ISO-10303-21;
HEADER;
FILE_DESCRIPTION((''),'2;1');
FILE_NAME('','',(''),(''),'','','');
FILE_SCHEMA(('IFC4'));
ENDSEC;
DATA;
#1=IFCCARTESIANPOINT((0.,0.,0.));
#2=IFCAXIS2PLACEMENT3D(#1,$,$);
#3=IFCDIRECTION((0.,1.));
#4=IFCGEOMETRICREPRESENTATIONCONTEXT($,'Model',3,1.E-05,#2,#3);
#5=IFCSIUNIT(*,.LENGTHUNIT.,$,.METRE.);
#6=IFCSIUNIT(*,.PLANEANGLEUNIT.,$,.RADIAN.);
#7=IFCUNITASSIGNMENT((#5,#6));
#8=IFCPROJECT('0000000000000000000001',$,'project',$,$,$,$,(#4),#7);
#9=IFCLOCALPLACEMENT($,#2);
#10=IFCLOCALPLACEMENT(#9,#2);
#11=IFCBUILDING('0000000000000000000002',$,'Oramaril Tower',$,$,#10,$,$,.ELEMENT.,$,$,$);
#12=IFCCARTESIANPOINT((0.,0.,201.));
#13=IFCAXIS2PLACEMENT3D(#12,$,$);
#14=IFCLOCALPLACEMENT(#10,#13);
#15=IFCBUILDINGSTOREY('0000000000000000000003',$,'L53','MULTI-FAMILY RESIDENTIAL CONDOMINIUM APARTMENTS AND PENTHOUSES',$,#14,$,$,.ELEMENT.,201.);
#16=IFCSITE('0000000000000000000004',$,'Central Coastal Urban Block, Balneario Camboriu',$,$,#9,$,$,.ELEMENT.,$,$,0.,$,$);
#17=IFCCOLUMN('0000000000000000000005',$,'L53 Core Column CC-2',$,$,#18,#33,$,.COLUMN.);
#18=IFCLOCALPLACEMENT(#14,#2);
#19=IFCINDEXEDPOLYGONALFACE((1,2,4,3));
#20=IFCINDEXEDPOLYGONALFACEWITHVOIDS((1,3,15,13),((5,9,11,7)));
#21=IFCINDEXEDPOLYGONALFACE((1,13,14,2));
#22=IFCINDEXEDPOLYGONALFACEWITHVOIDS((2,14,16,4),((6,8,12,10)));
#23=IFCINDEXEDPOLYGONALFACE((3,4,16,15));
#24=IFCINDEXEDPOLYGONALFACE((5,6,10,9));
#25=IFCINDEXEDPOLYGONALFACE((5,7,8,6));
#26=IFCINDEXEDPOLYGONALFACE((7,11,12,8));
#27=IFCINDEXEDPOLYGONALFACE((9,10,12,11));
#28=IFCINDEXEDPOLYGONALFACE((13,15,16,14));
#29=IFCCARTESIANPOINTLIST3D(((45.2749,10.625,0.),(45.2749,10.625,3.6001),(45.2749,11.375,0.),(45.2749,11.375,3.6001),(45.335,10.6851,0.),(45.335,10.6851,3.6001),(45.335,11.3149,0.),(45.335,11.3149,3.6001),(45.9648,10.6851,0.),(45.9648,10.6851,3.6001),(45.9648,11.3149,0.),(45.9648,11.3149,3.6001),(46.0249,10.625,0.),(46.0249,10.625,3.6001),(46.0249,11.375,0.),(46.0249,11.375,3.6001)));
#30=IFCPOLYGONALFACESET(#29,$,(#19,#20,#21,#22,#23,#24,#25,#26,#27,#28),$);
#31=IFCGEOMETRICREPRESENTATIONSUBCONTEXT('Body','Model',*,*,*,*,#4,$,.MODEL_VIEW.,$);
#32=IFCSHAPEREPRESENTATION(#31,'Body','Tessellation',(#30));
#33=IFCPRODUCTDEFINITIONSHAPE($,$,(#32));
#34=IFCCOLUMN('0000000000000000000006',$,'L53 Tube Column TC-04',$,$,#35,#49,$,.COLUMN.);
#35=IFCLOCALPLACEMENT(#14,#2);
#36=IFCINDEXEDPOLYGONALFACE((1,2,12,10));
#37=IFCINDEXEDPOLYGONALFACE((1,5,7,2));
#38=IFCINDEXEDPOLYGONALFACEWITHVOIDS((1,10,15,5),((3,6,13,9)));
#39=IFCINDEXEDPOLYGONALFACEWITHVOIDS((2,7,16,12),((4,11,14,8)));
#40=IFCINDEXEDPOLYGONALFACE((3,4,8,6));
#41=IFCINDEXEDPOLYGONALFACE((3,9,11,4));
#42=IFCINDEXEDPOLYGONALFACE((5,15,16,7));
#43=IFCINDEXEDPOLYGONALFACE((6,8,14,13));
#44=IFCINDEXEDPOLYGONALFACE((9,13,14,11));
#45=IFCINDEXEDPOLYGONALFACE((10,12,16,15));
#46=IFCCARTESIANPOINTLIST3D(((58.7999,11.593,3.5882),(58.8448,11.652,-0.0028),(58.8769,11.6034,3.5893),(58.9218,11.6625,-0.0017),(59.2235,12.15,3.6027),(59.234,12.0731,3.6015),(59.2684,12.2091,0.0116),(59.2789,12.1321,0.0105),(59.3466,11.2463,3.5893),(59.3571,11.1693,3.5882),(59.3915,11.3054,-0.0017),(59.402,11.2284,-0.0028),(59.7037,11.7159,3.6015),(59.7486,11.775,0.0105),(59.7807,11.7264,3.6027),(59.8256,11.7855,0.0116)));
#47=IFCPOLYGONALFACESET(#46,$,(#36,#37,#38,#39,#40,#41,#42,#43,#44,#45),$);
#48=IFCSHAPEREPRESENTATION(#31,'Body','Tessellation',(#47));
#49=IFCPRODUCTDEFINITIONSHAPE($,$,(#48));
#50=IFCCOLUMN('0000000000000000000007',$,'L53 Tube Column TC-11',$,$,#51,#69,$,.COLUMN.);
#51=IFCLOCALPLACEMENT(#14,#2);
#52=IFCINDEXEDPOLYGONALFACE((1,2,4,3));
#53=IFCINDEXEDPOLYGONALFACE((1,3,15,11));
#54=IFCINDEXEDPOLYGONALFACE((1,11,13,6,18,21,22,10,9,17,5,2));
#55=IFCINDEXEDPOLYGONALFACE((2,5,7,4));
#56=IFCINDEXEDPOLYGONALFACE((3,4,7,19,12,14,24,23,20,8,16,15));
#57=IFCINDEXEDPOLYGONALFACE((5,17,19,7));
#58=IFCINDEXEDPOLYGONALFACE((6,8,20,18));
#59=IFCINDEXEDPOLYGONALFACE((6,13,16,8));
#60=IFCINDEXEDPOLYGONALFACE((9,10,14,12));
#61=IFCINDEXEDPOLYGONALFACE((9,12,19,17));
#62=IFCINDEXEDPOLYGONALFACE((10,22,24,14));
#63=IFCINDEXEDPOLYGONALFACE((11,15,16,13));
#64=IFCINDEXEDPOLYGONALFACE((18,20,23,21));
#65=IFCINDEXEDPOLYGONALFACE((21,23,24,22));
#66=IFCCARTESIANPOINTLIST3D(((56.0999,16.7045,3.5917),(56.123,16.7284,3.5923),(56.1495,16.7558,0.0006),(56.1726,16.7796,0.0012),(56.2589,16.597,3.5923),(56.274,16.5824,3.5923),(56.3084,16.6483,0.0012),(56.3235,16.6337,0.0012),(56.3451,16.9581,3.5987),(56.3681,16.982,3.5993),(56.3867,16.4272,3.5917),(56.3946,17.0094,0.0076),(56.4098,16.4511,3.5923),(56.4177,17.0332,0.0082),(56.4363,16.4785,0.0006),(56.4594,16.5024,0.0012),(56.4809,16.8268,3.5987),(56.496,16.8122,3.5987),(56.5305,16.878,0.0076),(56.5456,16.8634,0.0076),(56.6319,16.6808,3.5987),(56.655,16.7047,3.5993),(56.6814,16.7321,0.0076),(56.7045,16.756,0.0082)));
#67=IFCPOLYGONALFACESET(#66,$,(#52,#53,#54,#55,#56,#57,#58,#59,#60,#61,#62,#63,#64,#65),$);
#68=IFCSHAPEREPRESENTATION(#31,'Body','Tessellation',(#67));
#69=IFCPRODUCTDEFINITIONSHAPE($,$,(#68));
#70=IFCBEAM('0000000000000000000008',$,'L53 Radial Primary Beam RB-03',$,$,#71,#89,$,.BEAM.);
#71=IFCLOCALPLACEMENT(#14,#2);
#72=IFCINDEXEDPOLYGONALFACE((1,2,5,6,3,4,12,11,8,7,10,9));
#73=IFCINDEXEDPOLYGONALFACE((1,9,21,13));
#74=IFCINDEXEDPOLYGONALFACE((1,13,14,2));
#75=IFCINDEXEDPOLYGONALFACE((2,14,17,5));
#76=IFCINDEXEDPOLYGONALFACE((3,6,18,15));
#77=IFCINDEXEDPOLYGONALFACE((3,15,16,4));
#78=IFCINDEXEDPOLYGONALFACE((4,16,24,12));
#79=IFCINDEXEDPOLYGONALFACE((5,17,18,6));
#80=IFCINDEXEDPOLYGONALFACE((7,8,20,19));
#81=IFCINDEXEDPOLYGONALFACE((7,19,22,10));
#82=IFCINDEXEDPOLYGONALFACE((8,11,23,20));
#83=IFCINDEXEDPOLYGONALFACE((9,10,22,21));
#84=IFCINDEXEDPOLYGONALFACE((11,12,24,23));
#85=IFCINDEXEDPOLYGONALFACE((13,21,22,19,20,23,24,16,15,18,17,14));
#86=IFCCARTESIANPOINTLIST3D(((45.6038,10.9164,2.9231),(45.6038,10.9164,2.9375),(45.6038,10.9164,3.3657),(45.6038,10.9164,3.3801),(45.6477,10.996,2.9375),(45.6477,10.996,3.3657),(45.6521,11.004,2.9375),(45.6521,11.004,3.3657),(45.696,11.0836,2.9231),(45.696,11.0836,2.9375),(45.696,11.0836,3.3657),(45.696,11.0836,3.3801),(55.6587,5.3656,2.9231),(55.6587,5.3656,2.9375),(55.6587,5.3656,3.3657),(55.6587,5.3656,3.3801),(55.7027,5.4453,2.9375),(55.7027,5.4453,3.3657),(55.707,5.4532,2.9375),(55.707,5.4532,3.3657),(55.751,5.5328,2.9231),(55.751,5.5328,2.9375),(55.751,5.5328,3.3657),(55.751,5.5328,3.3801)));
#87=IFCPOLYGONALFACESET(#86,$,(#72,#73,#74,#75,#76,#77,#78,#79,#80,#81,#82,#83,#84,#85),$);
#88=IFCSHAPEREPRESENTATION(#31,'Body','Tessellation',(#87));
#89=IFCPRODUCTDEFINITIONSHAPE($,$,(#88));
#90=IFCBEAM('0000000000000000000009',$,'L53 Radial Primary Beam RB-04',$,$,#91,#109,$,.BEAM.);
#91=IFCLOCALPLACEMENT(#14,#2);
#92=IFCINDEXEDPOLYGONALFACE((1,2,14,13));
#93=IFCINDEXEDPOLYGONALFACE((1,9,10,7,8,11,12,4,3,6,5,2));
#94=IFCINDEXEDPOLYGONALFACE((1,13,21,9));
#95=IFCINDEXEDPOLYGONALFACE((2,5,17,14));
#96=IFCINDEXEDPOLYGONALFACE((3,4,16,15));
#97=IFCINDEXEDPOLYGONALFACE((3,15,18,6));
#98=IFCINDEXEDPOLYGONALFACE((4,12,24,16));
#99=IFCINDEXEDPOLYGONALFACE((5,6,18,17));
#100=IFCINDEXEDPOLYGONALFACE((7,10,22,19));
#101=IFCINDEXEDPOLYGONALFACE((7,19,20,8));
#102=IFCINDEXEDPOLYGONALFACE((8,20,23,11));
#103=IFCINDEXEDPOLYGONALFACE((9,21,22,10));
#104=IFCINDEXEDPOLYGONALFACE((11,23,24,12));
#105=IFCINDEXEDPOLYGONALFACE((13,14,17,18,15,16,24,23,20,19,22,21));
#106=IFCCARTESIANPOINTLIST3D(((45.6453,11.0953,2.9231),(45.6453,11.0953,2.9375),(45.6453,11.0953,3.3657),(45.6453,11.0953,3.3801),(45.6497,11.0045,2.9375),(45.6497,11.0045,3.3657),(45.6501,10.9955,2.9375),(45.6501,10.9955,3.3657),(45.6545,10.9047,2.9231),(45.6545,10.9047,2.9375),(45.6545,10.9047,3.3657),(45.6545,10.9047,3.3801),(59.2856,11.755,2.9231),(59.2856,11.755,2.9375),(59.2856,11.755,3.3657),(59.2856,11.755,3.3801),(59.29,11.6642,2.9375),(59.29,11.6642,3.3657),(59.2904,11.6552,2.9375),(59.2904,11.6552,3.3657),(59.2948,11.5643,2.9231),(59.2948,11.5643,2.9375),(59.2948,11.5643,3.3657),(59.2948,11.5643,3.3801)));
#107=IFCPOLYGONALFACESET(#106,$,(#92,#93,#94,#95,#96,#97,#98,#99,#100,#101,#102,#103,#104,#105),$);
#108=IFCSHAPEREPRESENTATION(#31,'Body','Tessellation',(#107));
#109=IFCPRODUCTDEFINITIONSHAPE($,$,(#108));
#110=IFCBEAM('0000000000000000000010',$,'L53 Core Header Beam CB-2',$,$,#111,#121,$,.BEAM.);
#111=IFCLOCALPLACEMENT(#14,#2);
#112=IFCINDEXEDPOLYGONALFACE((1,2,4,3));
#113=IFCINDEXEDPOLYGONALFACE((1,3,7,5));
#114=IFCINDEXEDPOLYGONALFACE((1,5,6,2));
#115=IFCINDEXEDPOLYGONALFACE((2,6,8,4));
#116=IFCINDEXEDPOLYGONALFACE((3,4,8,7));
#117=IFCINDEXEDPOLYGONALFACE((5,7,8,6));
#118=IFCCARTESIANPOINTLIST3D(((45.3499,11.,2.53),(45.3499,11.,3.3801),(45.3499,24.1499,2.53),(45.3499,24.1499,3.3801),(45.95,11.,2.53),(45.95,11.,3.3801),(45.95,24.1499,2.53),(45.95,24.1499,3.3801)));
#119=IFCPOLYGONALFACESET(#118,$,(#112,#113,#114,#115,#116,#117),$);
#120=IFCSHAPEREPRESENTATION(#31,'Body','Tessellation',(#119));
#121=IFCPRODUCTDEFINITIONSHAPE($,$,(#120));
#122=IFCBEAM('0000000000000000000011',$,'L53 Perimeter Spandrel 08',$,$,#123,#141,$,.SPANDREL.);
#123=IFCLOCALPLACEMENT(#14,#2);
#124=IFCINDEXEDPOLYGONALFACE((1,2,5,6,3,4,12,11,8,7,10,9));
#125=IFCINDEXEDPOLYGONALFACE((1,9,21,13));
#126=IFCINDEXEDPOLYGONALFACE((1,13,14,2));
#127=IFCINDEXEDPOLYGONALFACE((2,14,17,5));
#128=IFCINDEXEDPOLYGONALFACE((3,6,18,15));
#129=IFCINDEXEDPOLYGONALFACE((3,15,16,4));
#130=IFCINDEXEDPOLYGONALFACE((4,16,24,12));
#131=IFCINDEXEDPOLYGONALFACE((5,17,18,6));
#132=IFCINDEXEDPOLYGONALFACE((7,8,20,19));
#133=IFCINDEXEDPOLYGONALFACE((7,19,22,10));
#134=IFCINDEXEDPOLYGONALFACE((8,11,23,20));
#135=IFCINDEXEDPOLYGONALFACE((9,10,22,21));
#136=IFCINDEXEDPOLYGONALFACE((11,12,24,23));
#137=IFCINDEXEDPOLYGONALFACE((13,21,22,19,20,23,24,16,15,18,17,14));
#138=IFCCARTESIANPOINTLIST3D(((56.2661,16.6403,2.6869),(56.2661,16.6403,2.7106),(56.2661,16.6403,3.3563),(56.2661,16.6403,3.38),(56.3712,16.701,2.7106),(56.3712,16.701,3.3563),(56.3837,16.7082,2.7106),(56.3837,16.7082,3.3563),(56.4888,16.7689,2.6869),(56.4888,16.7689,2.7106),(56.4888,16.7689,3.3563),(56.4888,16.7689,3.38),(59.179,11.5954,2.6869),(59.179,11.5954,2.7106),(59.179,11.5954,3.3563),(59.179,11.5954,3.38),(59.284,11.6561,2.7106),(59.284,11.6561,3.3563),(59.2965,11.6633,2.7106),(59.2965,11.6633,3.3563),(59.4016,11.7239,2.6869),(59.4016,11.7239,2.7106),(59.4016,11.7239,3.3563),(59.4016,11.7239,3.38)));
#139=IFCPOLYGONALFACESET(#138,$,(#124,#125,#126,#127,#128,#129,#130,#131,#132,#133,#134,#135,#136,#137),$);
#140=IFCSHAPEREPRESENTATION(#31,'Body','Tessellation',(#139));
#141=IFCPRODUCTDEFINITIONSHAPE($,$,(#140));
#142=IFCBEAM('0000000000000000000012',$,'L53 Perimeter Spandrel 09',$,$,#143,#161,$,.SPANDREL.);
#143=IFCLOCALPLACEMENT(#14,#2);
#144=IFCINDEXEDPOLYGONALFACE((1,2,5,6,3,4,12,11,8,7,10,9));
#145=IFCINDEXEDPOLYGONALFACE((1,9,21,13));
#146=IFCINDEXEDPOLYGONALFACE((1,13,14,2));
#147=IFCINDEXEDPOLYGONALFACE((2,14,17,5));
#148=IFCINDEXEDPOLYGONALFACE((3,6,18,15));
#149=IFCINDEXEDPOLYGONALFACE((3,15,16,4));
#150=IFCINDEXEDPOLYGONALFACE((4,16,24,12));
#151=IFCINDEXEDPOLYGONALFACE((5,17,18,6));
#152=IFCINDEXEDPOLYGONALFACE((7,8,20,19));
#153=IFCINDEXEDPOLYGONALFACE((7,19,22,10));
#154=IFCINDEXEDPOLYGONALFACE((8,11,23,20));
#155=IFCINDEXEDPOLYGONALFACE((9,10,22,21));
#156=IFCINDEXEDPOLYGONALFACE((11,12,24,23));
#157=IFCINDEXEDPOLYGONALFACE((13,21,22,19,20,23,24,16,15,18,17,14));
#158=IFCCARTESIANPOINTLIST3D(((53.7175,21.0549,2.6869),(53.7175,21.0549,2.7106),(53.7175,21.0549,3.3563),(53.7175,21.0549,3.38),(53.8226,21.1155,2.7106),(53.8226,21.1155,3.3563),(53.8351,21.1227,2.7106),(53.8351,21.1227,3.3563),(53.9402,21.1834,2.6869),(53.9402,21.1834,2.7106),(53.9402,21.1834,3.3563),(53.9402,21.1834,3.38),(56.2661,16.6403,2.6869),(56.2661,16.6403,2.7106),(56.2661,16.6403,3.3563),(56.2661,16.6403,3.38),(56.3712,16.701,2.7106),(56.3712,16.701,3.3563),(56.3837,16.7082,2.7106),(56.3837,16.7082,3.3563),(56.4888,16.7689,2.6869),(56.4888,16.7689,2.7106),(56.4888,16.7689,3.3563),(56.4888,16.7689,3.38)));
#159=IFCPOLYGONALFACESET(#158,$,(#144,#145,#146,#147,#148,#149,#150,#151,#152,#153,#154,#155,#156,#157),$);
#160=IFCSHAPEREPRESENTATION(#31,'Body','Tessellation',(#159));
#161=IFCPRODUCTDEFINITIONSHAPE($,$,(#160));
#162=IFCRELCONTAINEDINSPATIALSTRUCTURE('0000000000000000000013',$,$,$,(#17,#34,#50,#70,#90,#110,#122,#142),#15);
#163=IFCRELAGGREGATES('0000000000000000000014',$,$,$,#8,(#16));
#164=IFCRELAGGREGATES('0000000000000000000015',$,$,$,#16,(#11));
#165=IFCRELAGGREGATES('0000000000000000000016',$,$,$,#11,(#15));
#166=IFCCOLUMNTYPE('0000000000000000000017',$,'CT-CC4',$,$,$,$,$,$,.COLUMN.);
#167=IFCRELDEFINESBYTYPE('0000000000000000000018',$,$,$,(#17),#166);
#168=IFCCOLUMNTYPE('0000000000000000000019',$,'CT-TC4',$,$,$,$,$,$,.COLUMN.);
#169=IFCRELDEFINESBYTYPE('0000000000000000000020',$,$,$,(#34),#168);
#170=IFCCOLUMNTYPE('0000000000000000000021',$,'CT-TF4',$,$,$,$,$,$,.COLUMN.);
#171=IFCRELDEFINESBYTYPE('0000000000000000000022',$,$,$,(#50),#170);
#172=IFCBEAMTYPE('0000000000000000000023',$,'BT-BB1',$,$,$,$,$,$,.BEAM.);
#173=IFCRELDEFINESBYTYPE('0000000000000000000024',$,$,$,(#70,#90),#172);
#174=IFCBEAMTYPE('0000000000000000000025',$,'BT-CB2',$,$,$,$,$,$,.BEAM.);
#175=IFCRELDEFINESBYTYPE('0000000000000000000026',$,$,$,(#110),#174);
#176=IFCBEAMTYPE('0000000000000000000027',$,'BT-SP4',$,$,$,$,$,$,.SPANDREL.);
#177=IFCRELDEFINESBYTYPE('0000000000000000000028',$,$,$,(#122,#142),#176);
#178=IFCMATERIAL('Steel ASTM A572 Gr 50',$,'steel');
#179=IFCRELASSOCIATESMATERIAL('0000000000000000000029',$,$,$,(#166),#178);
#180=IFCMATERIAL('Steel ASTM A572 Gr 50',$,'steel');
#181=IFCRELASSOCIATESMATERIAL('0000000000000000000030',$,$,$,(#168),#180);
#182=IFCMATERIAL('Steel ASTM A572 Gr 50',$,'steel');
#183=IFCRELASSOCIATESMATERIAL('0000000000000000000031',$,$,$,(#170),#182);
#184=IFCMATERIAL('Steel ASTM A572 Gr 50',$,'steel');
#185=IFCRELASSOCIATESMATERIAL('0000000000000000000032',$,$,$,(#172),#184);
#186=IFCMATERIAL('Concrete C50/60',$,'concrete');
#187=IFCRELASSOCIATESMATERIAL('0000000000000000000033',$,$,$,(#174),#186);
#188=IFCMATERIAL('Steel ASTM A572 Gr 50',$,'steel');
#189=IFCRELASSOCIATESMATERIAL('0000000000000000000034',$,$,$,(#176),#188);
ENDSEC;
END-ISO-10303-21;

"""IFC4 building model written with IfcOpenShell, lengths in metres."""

from ifc_helpers import new_model, si_unit, direction, frame, origin, origin_2d, place, context, subcontext, project, spatial, rectangle, hollow_rectangle, i_section, extrude, material, material_profile, profile_set, type_object, element, save


model = new_model("IFC4")

# Units and contexts
model_context = context("Model", 3, precision=1e-05, world=origin(), true_north=direction((0.0, 1.0)))
body_context = subcontext(model_context, "Body", "Model", "MODEL_VIEW")
ifc_project = project(units=[si_unit("LENGTHUNIT", "METRE"), si_unit("PLANEANGLEUNIT", "RADIAN")], contexts=[model_context])

# Site, building, storey
site_placement = place(None, origin())
site = spatial("IfcSite", under=ifc_project, at=site_placement, Name="Central Coastal Urban Block, Balneario Camboriu", CompositionType="ELEMENT", RefElevation=0.0)
building_placement = place(site_placement, origin())
building = spatial("IfcBuilding", under=site, at=building_placement, Name="Oramaril Tower", CompositionType="ELEMENT")
storey_placement = place(building_placement, frame((0.0, 0.0, 201.0)))
storey = spatial("IfcBuildingStorey", under=building, at=storey_placement, Name="L53", Description="MULTI-FAMILY RESIDENTIAL CONDOMINIUM APARTMENTS AND PENTHOUSES", CompositionType="ELEMENT", Elevation=201.0)

# Columns
ifc_material_1 = material(Name="Steel ASTM A572 Gr 50", Category="steel")
ifc_material_profile_1 = material_profile(ifc_material_1, hollow_rectangle(XDim=0.75, YDim=0.75, WallThickness=0.0601, at=origin_2d()), Name="BOX750X750X60")
ifc_profile_set_1 = profile_set([ifc_material_profile_1], Name="Steel ASTM A572 Gr 50")
column_type_1 = type_object("IfcColumnType", Name="CT-CC4", PredefinedType="COLUMN", material=ifc_profile_set_1)
column_1_placement = place(storey_placement, frame((45.6499, 11.0, 0.0), z_axis=(0.0, 0.0, 1.0), x_axis=(1.0, 0.0, 0.0)))
element("IfcColumn", 1, at=column_1_placement, inside=storey, type_object=column_type_1, Name="L53 Core Column CC-2", PredefinedType="COLUMN", context=body_context, shape_type="SweptSolid", body=[
    extrude(hollow_rectangle(XDim=0.75, YDim=0.75, WallThickness=0.0601, at=origin_2d()), origin(), (0.0, 0.0, 1.0), 3.6001),
])
ifc_material_2 = material(Name="Steel ASTM A572 Gr 50", Category="steel")
ifc_material_profile_2 = material_profile(ifc_material_2, hollow_rectangle(XDim=0.7, YDim=0.7, WallThickness=0.0549, at=origin_2d()), Name="BOX700X700X55")
ifc_profile_set_2 = profile_set([ifc_material_profile_2], Name="Steel ASTM A572 Gr 50")
column_type_2 = type_object("IfcColumnType", Name="CT-TC4", PredefinedType="COLUMN", material=ifc_profile_set_2)
column_2_placement = place(storey_placement, frame((59.3352, 11.7188, 0.0044), z_axis=(-0.012507, -0.016449, 0.999786), x_axis=(0.796035, -0.60525, 0.0)))
element("IfcColumn", 2, at=column_2_placement, inside=storey, type_object=column_type_2, Name="L53 Tube Column TC-04", PredefinedType="COLUMN", context=body_context, shape_type="SweptSolid", body=[
    extrude(hollow_rectangle(XDim=0.7, YDim=0.7, WallThickness=0.0549, at=origin_2d()), origin(), (0.0, 0.0, 1.0), 3.5918),
])
ifc_material_3 = material(Name="Steel ASTM A572 Gr 50", Category="steel")
ifc_material_profile_3 = material_profile(ifc_material_3, i_section(OverallWidth=0.3989, OverallDepth=0.386, WebThickness=0.021, FlangeThickness=0.0332, at=origin_2d()), Name="W14X176")
ifc_profile_set_3 = profile_set([ifc_material_profile_3], Name="Steel ASTM A572 Gr 50")
column_type_3 = type_object("IfcColumnType", Name="CT-TF4", PredefinedType="COLUMN", material=ifc_profile_set_3)
column_3_placement = place(storey_placement, frame((56.427, 16.7559, 0.0044), z_axis=(-0.013798, -0.014274, 0.999803), x_axis=(0.718988, -0.695022, 0.0)))
element("IfcColumn", 3, at=column_3_placement, inside=storey, type_object=column_type_3, Name="L53 Tube Column TC-11", PredefinedType="COLUMN", context=body_context, shape_type="SweptSolid", body=[
    extrude(i_section(OverallWidth=0.3989, OverallDepth=0.386, WebThickness=0.021, FlangeThickness=0.0332, at=origin_2d()), origin(), (0.0, 0.0, 1.0), 3.5918),
])

# Beams
ifc_material_4 = material(Name="Steel ASTM A572 Gr 50", Category="steel")
ifc_material_profile_4 = material_profile(ifc_material_4, i_section(OverallWidth=0.1909, OverallDepth=0.457, WebThickness=0.009, FlangeThickness=0.0144, at=origin_2d()), Name="W18X50")
ifc_profile_set_4 = profile_set([ifc_material_profile_4], Name="Steel ASTM A572 Gr 50")
beam_type_1 = type_object("IfcBeamType", Name="BT-BB1", PredefinedType="BEAM", material=ifc_profile_set_4)
beam_1_placement = place(storey_placement, frame((45.6499, 11.0, 3.1516), z_axis=(0.875459, -0.483293, 0.0), x_axis=(0.483293, 0.875459, 0.0)))
element("IfcBeam", 4, at=beam_1_placement, inside=storey, type_object=beam_type_1, Name="L53 Radial Primary Beam RB-03", PredefinedType="BEAM", context=body_context, shape_type="SweptSolid", body=[
    extrude(i_section(OverallWidth=0.1909, OverallDepth=0.457, WebThickness=0.009, FlangeThickness=0.0144, at=origin_2d()), origin(), (0.0, 0.0, 1.0), 11.4854),
])
beam_2_placement = place(storey_placement, frame((45.6499, 11.0, 3.1516), z_axis=(0.998833, 0.048305, 0.0), x_axis=(-0.048305, 0.998833, 0.0)))
element("IfcBeam", 5, at=beam_2_placement, inside=storey, type_object=beam_type_1, Name="L53 Radial Primary Beam RB-04", PredefinedType="BEAM", context=body_context, shape_type="SweptSolid", body=[
    extrude(i_section(OverallWidth=0.1909, OverallDepth=0.457, WebThickness=0.009, FlangeThickness=0.0144, at=origin_2d()), origin(), (0.0, 0.0, 1.0), 13.6562),
])
ifc_material_5 = material(Name="Concrete C50/60", Category="concrete")
ifc_material_profile_5 = material_profile(ifc_material_5, rectangle(XDim=0.6001, YDim=0.8501, at=origin_2d()), Name="CB600X850")
ifc_profile_set_5 = profile_set([ifc_material_profile_5], Name="Concrete C50/60")
beam_type_2 = type_object("IfcBeamType", Name="BT-CB2", PredefinedType="BEAM", material=ifc_profile_set_5)
beam_3_placement = place(storey_placement, frame((45.6499, 11.0, 2.9551), z_axis=(0.0, 1.0, 0.0), x_axis=(-1.0, 0.0, 0.0)))
element("IfcBeam", 6, at=beam_3_placement, inside=storey, type_object=beam_type_2, Name="L53 Core Header Beam CB-2", PredefinedType="BEAM", context=body_context, shape_type="SweptSolid", body=[
    extrude(rectangle(XDim=0.6001, YDim=0.8501, at=origin_2d()), origin(), (0.0, 0.0, 1.0), 13.1499),
])
ifc_material_6 = material(Name="Steel ASTM A572 Gr 50", Category="steel")
ifc_material_profile_6 = material_profile(ifc_material_6, i_section(OverallWidth=0.2571, OverallDepth=0.6931, WebThickness=0.0144, FlangeThickness=0.0237, at=origin_2d()), Name="W27X114")
ifc_profile_set_6 = profile_set([ifc_material_profile_6], Name="Steel ASTM A572 Gr 50")
beam_type_3 = type_object("IfcBeamType", Name="BT-SP4", PredefinedType="SPANDREL", material=ifc_profile_set_6)
beam_4_placement = place(storey_placement, frame((59.2903, 11.6597, 3.0334), z_axis=(-0.50002, 0.866014, 0.0), x_axis=(-0.866014, -0.50002, 0.0)))
element("IfcBeam", 7, at=beam_4_placement, inside=storey, type_object=beam_type_3, Name="L53 Perimeter Spandrel 08", PredefinedType="SPANDREL", context=body_context, shape_type="SweptSolid", body=[
    extrude(i_section(OverallWidth=0.2571, OverallDepth=0.6931, WebThickness=0.0144, FlangeThickness=0.0237, at=origin_2d()), origin(), (0.0, 0.0, 1.0), 5.8254),
])
beam_5_placement = place(storey_placement, frame((56.3774, 16.7046, 3.0334), z_axis=(-0.499977, 0.866039, 0.0), x_axis=(-0.866039, -0.499977, 0.0)))
element("IfcBeam", 8, at=beam_5_placement, inside=storey, type_object=beam_type_3, Name="L53 Perimeter Spandrel 09", PredefinedType="SPANDREL", context=body_context, shape_type="SweptSolid", body=[
    extrude(i_section(OverallWidth=0.2571, OverallDepth=0.6931, WebThickness=0.0144, FlangeThickness=0.0237, at=origin_2d()), origin(), (0.0, 0.0, 1.0), 5.0974),
])

save(model, "model.ifc")
